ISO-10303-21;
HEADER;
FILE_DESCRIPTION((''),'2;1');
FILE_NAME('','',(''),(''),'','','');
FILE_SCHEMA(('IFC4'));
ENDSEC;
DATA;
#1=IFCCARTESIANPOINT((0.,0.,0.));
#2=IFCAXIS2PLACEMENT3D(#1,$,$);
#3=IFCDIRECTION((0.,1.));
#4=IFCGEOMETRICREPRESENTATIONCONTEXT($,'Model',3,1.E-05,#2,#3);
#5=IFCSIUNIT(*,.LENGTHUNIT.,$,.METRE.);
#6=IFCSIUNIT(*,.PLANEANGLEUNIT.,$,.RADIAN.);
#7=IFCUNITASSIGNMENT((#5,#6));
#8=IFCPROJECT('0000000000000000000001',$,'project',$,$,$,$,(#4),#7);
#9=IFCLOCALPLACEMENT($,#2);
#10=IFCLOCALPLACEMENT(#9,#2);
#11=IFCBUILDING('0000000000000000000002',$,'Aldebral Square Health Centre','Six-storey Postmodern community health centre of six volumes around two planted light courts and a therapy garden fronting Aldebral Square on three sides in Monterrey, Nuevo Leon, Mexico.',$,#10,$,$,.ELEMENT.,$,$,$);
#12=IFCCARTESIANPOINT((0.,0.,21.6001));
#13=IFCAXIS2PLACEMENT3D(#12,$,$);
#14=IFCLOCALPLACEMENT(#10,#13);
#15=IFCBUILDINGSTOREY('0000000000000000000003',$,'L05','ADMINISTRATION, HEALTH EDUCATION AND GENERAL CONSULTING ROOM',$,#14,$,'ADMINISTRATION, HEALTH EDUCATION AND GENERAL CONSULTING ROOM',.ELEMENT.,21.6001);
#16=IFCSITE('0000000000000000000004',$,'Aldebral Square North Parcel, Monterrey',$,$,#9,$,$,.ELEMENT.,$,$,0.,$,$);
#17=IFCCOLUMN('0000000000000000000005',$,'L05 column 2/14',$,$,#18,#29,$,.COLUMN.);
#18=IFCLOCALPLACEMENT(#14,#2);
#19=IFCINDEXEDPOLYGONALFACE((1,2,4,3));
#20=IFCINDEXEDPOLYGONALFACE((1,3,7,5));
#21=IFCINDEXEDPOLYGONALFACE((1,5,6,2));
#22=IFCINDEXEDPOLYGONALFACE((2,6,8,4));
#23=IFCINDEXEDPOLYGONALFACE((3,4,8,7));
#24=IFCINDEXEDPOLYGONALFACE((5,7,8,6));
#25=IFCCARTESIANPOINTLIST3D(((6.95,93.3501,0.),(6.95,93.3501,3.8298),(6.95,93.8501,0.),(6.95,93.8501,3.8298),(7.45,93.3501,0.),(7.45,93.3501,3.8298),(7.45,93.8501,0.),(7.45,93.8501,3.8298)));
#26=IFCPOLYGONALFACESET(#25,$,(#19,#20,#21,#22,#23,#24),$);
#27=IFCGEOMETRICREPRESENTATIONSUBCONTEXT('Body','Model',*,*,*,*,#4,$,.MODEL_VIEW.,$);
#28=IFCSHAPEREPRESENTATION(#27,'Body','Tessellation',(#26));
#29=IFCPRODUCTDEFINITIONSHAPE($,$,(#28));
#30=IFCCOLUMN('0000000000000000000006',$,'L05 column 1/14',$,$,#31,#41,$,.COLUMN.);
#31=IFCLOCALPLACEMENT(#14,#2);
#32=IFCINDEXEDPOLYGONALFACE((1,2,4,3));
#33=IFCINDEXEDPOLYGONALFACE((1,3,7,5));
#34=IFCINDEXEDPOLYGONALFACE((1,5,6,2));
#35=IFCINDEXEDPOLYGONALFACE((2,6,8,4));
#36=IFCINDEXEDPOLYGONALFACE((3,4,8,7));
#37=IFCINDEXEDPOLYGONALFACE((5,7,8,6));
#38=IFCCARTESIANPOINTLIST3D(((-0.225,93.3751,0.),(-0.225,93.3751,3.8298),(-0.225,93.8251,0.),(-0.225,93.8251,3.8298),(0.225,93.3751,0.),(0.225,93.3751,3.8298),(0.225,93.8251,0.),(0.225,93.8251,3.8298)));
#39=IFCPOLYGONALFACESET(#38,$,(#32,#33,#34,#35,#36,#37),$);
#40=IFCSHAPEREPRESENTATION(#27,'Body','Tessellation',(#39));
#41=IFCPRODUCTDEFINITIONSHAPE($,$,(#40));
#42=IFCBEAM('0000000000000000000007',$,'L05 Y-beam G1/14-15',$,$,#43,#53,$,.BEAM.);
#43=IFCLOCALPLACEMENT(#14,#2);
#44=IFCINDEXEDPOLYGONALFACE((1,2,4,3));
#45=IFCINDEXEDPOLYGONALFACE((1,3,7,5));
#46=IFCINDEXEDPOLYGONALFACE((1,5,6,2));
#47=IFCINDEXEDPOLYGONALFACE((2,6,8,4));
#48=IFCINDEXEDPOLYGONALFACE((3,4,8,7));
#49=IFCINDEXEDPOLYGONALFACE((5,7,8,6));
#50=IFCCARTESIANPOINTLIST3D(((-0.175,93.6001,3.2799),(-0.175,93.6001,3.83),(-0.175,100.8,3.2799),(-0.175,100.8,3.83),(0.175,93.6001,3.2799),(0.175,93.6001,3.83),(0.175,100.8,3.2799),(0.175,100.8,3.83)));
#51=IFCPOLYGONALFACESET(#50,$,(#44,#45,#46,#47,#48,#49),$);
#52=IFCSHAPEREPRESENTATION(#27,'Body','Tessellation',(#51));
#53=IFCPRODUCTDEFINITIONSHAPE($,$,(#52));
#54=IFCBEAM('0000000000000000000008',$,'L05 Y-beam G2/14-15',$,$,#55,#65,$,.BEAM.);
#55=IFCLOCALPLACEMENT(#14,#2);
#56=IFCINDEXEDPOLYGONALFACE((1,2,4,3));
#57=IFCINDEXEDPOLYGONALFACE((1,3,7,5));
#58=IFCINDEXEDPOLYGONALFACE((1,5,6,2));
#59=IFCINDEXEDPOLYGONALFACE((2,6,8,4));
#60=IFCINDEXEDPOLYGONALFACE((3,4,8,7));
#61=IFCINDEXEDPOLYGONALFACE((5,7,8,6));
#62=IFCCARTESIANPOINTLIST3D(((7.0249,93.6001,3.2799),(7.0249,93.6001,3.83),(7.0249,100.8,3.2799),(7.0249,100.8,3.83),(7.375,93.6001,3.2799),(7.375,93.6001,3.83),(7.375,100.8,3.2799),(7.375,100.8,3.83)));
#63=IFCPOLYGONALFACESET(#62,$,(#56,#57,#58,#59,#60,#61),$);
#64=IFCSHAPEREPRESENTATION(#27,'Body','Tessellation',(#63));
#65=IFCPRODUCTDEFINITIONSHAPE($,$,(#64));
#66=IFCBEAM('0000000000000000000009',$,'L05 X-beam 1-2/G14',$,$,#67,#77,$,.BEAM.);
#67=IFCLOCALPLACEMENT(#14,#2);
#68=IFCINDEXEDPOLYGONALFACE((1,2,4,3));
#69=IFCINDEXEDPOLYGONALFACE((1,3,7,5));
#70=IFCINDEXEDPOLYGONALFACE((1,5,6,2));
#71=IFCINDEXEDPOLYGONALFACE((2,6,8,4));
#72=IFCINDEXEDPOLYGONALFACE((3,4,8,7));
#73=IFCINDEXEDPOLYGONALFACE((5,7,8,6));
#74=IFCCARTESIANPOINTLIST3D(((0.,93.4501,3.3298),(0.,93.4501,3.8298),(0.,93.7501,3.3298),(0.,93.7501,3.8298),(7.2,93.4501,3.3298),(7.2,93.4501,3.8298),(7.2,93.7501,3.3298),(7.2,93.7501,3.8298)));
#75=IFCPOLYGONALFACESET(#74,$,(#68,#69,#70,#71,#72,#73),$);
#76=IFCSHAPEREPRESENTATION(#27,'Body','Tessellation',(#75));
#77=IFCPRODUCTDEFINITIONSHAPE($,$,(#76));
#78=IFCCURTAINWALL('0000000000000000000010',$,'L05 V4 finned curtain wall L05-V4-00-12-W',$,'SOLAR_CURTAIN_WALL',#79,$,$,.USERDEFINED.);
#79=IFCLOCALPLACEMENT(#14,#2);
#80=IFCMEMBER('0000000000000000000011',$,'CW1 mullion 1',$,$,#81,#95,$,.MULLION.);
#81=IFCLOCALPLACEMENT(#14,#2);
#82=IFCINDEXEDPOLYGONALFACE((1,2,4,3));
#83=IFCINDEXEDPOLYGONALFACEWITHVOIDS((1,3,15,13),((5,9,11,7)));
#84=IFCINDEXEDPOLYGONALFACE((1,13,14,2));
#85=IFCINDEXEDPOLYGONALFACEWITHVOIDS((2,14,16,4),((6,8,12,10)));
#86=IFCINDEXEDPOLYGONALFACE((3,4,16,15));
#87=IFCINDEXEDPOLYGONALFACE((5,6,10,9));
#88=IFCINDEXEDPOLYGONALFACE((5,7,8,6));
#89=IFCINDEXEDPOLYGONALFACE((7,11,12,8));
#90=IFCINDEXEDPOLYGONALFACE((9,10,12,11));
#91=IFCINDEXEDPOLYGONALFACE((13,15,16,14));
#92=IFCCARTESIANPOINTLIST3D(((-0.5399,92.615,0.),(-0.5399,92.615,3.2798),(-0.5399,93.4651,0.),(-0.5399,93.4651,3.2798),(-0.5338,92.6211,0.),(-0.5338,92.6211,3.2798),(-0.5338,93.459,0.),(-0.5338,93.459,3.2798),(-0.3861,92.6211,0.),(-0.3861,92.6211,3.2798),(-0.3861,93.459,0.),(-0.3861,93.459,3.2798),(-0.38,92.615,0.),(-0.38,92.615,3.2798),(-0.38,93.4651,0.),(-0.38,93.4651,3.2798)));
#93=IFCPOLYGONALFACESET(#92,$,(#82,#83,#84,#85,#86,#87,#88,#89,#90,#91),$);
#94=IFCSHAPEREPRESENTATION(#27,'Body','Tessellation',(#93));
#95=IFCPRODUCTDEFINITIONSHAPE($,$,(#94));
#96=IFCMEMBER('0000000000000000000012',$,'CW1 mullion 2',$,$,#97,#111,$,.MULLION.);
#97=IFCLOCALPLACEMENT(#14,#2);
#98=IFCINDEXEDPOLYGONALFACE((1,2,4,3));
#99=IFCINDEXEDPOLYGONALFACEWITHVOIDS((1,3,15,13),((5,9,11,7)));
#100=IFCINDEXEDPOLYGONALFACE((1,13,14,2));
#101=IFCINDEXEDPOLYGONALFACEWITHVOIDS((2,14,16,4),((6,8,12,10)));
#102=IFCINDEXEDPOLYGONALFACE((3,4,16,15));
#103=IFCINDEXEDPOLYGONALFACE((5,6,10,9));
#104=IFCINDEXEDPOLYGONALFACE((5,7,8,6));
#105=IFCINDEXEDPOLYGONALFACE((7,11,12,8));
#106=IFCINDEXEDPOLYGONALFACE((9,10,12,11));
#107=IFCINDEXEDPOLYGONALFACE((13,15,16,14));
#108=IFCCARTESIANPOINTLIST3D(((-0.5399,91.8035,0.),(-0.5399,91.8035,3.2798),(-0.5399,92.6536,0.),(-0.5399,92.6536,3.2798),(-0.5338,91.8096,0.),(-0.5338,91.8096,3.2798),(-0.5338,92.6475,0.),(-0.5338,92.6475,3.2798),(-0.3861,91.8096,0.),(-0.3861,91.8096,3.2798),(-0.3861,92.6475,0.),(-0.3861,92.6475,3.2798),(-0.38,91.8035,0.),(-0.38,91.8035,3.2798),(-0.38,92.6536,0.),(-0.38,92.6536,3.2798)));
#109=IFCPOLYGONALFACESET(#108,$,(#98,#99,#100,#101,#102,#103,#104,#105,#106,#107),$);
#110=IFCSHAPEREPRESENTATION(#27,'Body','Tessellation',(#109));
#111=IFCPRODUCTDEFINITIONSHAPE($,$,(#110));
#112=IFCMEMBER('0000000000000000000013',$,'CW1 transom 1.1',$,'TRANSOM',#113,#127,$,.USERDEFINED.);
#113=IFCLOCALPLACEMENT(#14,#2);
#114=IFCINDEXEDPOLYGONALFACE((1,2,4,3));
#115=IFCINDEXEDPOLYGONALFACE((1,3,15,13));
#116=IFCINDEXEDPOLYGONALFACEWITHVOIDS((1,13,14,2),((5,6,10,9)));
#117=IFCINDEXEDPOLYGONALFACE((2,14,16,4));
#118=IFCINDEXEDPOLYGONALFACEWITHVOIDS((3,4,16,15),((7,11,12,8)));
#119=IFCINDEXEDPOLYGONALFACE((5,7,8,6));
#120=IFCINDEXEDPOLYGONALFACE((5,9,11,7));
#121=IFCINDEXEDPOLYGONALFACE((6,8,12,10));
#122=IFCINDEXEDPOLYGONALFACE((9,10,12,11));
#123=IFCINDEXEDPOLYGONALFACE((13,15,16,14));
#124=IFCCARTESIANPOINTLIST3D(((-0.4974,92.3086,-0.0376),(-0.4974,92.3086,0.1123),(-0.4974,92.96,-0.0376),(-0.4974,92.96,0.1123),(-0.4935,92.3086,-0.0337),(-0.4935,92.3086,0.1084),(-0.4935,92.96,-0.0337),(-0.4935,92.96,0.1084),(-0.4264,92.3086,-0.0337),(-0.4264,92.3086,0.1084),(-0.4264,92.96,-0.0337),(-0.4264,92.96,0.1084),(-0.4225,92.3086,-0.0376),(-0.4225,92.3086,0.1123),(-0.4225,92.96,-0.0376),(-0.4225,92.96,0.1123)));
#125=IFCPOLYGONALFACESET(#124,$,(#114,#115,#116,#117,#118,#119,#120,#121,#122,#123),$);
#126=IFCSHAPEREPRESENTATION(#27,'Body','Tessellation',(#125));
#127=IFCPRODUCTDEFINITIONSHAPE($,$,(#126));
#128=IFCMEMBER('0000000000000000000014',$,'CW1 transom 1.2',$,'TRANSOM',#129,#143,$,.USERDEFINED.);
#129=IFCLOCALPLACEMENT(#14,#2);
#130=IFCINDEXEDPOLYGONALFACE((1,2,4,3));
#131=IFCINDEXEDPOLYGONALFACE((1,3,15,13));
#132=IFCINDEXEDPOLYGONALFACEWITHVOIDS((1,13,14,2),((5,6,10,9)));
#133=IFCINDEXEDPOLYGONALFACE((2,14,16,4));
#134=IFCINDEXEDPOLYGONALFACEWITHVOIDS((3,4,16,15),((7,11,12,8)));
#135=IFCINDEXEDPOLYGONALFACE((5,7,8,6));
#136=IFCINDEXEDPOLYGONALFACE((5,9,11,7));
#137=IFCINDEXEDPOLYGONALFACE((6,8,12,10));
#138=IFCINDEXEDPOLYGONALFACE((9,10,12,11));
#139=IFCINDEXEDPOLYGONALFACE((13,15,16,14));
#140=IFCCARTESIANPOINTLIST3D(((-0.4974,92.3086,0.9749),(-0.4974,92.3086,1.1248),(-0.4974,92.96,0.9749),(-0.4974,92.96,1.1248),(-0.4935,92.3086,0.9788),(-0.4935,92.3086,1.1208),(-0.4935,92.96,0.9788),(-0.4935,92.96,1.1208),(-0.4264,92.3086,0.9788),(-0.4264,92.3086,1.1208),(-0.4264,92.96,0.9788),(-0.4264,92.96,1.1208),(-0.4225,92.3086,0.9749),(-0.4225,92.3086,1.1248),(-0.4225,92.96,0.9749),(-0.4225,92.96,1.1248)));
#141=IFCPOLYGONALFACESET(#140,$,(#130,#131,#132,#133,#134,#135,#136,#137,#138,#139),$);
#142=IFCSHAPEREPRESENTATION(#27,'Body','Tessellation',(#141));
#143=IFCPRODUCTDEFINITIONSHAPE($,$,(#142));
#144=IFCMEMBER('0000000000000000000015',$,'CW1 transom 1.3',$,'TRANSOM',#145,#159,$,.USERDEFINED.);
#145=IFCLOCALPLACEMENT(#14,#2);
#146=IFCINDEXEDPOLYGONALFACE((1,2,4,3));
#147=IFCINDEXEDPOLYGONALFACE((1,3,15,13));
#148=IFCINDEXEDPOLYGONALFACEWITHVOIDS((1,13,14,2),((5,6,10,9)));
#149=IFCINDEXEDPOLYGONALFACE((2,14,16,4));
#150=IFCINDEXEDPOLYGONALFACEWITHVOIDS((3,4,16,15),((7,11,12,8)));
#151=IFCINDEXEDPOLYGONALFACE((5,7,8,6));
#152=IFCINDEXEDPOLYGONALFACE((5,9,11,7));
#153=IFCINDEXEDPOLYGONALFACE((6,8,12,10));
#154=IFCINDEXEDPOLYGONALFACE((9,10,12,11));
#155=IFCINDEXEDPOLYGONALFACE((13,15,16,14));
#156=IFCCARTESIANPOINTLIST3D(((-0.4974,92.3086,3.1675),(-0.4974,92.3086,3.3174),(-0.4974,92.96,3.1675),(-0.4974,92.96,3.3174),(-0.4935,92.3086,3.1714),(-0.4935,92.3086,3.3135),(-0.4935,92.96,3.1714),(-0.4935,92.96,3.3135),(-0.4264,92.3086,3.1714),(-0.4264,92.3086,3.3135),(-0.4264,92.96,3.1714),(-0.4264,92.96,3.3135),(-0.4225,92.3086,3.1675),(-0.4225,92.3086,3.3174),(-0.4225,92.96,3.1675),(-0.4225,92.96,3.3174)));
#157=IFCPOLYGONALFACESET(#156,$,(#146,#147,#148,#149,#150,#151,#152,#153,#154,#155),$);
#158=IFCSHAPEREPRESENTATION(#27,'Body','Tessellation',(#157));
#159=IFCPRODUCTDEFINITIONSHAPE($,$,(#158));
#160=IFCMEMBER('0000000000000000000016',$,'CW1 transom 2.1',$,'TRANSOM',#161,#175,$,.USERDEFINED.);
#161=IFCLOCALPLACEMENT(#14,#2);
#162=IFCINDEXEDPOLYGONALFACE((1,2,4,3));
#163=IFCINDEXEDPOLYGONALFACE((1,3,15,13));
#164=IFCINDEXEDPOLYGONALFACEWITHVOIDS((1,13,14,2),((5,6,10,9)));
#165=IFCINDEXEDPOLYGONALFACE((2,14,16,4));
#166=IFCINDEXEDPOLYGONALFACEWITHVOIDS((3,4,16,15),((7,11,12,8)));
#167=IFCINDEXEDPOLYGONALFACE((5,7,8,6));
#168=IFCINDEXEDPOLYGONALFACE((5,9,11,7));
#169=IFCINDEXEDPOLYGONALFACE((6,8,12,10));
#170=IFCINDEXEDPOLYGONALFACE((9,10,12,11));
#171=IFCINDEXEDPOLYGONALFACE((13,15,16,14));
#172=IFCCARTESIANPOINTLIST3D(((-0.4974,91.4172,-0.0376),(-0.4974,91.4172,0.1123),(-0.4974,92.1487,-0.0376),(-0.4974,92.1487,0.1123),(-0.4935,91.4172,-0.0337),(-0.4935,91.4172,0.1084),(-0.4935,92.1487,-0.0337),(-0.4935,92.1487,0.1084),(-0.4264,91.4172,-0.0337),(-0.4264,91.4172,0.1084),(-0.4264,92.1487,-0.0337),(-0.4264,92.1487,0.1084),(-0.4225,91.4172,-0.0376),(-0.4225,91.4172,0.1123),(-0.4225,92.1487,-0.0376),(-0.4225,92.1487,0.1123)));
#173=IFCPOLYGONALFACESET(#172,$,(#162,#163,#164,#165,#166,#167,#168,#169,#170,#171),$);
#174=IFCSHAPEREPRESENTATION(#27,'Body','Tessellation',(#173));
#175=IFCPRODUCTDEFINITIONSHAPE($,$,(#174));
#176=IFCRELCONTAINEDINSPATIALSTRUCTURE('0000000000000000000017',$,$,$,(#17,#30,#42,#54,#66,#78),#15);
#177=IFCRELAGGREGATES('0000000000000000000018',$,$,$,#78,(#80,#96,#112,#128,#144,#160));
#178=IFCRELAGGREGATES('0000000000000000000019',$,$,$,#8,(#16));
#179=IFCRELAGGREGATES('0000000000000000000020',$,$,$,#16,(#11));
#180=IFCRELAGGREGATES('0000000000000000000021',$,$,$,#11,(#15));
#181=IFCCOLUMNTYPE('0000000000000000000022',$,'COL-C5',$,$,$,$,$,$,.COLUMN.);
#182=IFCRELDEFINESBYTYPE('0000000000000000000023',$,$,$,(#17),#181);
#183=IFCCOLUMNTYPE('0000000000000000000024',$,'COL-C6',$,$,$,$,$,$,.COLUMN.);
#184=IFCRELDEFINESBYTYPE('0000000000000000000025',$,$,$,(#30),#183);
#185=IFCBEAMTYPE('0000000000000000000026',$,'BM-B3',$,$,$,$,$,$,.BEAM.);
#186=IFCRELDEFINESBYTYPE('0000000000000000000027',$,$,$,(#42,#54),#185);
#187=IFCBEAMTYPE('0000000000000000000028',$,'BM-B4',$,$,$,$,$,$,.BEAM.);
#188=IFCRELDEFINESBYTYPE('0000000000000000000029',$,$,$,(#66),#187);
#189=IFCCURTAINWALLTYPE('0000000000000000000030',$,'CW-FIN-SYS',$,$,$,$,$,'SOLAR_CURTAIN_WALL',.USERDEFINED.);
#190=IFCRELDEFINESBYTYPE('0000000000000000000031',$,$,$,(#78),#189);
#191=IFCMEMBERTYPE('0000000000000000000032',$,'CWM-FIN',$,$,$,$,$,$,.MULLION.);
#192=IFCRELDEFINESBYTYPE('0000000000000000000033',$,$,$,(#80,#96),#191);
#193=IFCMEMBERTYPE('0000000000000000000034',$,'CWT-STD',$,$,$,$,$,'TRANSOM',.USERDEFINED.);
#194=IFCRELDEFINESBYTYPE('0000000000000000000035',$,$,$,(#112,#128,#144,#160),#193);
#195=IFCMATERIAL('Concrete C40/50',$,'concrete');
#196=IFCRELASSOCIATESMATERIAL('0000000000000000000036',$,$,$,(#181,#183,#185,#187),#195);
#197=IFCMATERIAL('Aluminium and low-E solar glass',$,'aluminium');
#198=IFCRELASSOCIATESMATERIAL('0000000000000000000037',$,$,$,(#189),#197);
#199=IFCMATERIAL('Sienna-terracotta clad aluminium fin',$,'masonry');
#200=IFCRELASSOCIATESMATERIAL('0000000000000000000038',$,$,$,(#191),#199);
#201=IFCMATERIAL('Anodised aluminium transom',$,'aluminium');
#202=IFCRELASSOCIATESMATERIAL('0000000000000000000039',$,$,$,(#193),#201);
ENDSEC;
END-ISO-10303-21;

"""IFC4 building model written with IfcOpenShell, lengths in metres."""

from ifc_helpers import new_model, si_unit, direction, frame, origin, origin_2d, place, context, subcontext, project, spatial, rectangle, hollow_rectangle, extrude, material, material_profile, profile_set, type_object, element, aggregate, save


model = new_model("IFC4")

# Units and contexts
model_context = context("Model", 3, precision=1e-05, world=origin(), true_north=direction((0.0, 1.0)))
body_context = subcontext(model_context, "Body", "Model", "MODEL_VIEW")
ifc_project = project(units=[si_unit("LENGTHUNIT", "METRE"), si_unit("PLANEANGLEUNIT", "RADIAN")], contexts=[model_context])

# Site, building, storey
site_placement = place(None, origin())
site = spatial("IfcSite", under=ifc_project, at=site_placement, Name="Aldebral Square North Parcel, Monterrey", CompositionType="ELEMENT", RefElevation=0.0)
building_placement = place(site_placement, origin())
building = spatial("IfcBuilding", under=site, at=building_placement, Name="Aldebral Square Health Centre", Description="Six-storey Postmodern community health centre of six volumes around two planted light courts and a therapy garden fronting Aldebral Square on three sides in Monterrey, Nuevo Leon, Mexico.", CompositionType="ELEMENT")
storey_placement = place(building_placement, frame((0.0, 0.0, 21.6001)))
storey = spatial("IfcBuildingStorey", under=building, at=storey_placement, Name="L05", Description="ADMINISTRATION, HEALTH EDUCATION AND GENERAL CONSULTING ROOM", LongName="ADMINISTRATION, HEALTH EDUCATION AND GENERAL CONSULTING ROOM", CompositionType="ELEMENT", Elevation=21.6001)

# Columns
ifc_material_1 = material(Name="Concrete C40/50", Category="concrete")
ifc_material_profile_1 = material_profile(ifc_material_1, rectangle(XDim=0.5, YDim=0.5, at=origin_2d()), Name="RC 500x500")
ifc_profile_set_1 = profile_set([ifc_material_profile_1], Name="Concrete C40/50")
column_type_1 = type_object("IfcColumnType", Name="COL-C5", PredefinedType="COLUMN", material=ifc_profile_set_1)
column_1_placement = place(storey_placement, frame((7.2, 93.6001, 0.0), z_axis=(0.0, 0.0, 1.0), x_axis=(1.0, 0.0, 0.0)))
element("IfcColumn", 1, at=column_1_placement, inside=storey, type_object=column_type_1, Name="L05 column 2/14", PredefinedType="COLUMN", context=body_context, shape_type="SweptSolid", body=[
    extrude(rectangle(XDim=0.5, YDim=0.5, at=origin_2d()), origin(), (0.0, 0.0, 1.0), 3.8298),
])
ifc_material_profile_2 = material_profile(ifc_material_1, rectangle(XDim=0.45, YDim=0.45, at=origin_2d()), Name="RC 450x450")
ifc_profile_set_2 = profile_set([ifc_material_profile_2], Name="Concrete C40/50")
column_type_2 = type_object("IfcColumnType", Name="COL-C6", PredefinedType="COLUMN", material=ifc_profile_set_2)
column_2_placement = place(storey_placement, frame((0.0, 93.6001, 0.0), z_axis=(0.0, 0.0, 1.0), x_axis=(1.0, 0.0, 0.0)))
element("IfcColumn", 2, at=column_2_placement, inside=storey, type_object=column_type_2, Name="L05 column 1/14", PredefinedType="COLUMN", context=body_context, shape_type="SweptSolid", body=[
    extrude(rectangle(XDim=0.45, YDim=0.45, at=origin_2d()), origin(), (0.0, 0.0, 1.0), 3.8298),
])

# Beams
ifc_material_profile_3 = material_profile(ifc_material_1, rectangle(XDim=0.3501, YDim=0.55, at=origin_2d()), Name="RC 350x550")
ifc_profile_set_3 = profile_set([ifc_material_profile_3], Name="Concrete C40/50")
beam_type_1 = type_object("IfcBeamType", Name="BM-B3", PredefinedType="BEAM", material=ifc_profile_set_3)
for number, where, z_axis, x_axis, name in (
    (3, (0.0, 93.6001, 3.5549), (0.0, 1.0, 0.0), (-1.0, 0.0, 0.0), "L05 Y-beam G1/14-15"),
    (4, (7.2, 93.6001, 3.5549), (0.0, 1.0, 0.0), (-1.0, 0.0, 0.0), "L05 Y-beam G2/14-15"),
):
    element("IfcBeam", number, at=place(storey_placement, frame(where, z_axis=z_axis, x_axis=x_axis)), inside=storey, type_object=beam_type_1, Name=name, PredefinedType="BEAM", context=body_context, shape_type="SweptSolid", body=[
        extrude(rectangle(XDim=0.3501, YDim=0.55, at=origin_2d()), origin(), (0.0, 0.0, 1.0), 7.2),
    ])
ifc_material_profile_4 = material_profile(ifc_material_1, rectangle(XDim=0.3, YDim=0.5, at=origin_2d()), Name="RC 300x500")
ifc_profile_set_4 = profile_set([ifc_material_profile_4], Name="Concrete C40/50")
beam_type_2 = type_object("IfcBeamType", Name="BM-B4", PredefinedType="BEAM", material=ifc_profile_set_4)
beam_placement = place(storey_placement, frame((0.0, 93.6001, 3.5798), z_axis=(1.0, 0.0, 0.0), x_axis=(0.0, 1.0, 0.0)))
element("IfcBeam", 5, at=beam_placement, inside=storey, type_object=beam_type_2, Name="L05 X-beam 1-2/G14", PredefinedType="BEAM", context=body_context, shape_type="SweptSolid", body=[
    extrude(rectangle(XDim=0.3, YDim=0.5, at=origin_2d()), origin(), (0.0, 0.0, 1.0), 7.2),
])

# Curtain wall, members
ifc_material_2 = material(Name="Aluminium and low-E solar glass", Category="aluminium")
curtain_wall_type = type_object("IfcCurtainWallType", Name="CW-FIN-SYS", ElementType="SOLAR_CURTAIN_WALL", PredefinedType="USERDEFINED", material=ifc_material_2)
curtain_wall_placement = place(storey_placement, origin())
curtain_wall = element("IfcCurtainWall", 6, at=curtain_wall_placement, inside=storey, type_object=curtain_wall_type, Name="L05 V4 finned curtain wall L05-V4-00-12-W", ObjectType="SOLAR_CURTAIN_WALL", PredefinedType="USERDEFINED")
ifc_material_3 = material(Name="Sienna-terracotta clad aluminium fin", Category="masonry")
ifc_material_profile_5 = material_profile(ifc_material_3, hollow_rectangle(XDim=0.1599, YDim=0.8501, WallThickness=0.0061, at=origin_2d()), Name="FIN 160x850x6")
ifc_profile_set_5 = profile_set([ifc_material_profile_5], Name="Sienna-terracotta clad aluminium fin")
member_type_1 = type_object("IfcMemberType", Name="CWM-FIN", PredefinedType="MULLION", material=ifc_profile_set_5)
member_1_placement = place(storey_placement, frame((-0.46, 93.04, 0.0), z_axis=(0.0, 0.0, 1.0), x_axis=(1.0, 0.0, 0.0)))
member_1 = element("IfcMember", 7, at=member_1_placement, type_object=member_type_1, Name="CW1 mullion 1", PredefinedType="MULLION", context=body_context, shape_type="SweptSolid", body=[
    extrude(hollow_rectangle(XDim=0.1599, YDim=0.8501, WallThickness=0.0061, at=origin_2d()), origin(), (0.0, 0.0, 1.0), 3.2798),
])
member_2_placement = place(storey_placement, frame((-0.46, 92.2285, 0.0), z_axis=(0.0, 0.0, 1.0), x_axis=(1.0, 0.0, 0.0)))
member_2 = element("IfcMember", 8, at=member_2_placement, type_object=member_type_1, Name="CW1 mullion 2", PredefinedType="MULLION", context=body_context, shape_type="SweptSolid", body=[
    extrude(hollow_rectangle(XDim=0.1599, YDim=0.8501, WallThickness=0.0061, at=origin_2d()), origin(), (0.0, 0.0, 1.0), 3.2798),
])
ifc_material_4 = material(Name="Anodised aluminium transom", Category="aluminium")
ifc_material_profile_6 = material_profile(ifc_material_4, hollow_rectangle(XDim=0.075, YDim=0.1499, WallThickness=0.0039, at=origin_2d()), Name="CWT 75x150x4")
ifc_profile_set_6 = profile_set([ifc_material_profile_6], Name="Anodised aluminium transom")
member_type_2 = type_object("IfcMemberType", Name="CWT-STD", ElementType="TRANSOM", PredefinedType="USERDEFINED", material=ifc_profile_set_6)
member_3_placement = place(storey_placement, frame((-0.46, 92.96, 0.0374), z_axis=(0.0, -1.0, 0.0), x_axis=(1.0, 0.0, 0.0)))
member_3 = element("IfcMember", 9, at=member_3_placement, type_object=member_type_2, Name="CW1 transom 1.1", ObjectType="TRANSOM", PredefinedType="USERDEFINED", context=body_context, shape_type="SweptSolid", body=[
    extrude(hollow_rectangle(XDim=0.075, YDim=0.1499, WallThickness=0.0039, at=origin_2d()), origin(), (0.0, 0.0, 1.0), 0.6514),
])
member_4_placement = place(storey_placement, frame((-0.46, 92.96, 1.0498), z_axis=(0.0, -1.0, 0.0), x_axis=(1.0, 0.0, 0.0)))
member_4 = element("IfcMember", 10, at=member_4_placement, type_object=member_type_2, Name="CW1 transom 1.2", ObjectType="TRANSOM", PredefinedType="USERDEFINED", context=body_context, shape_type="SweptSolid", body=[
    extrude(hollow_rectangle(XDim=0.075, YDim=0.1499, WallThickness=0.0039, at=origin_2d()), origin(), (0.0, 0.0, 1.0), 0.6514),
])
member_5_placement = place(storey_placement, frame((-0.46, 92.96, 3.2424), z_axis=(0.0, -1.0, 0.0), x_axis=(1.0, 0.0, 0.0)))
member_5 = element("IfcMember", 11, at=member_5_placement, type_object=member_type_2, Name="CW1 transom 1.3", ObjectType="TRANSOM", PredefinedType="USERDEFINED", context=body_context, shape_type="SweptSolid", body=[
    extrude(hollow_rectangle(XDim=0.075, YDim=0.1499, WallThickness=0.0039, at=origin_2d()), origin(), (0.0, 0.0, 1.0), 0.6514),
])
member_6_placement = place(storey_placement, frame((-0.46, 92.1487, 0.0374), z_axis=(0.0, -1.0, 0.0), x_axis=(1.0, 0.0, 0.0)))
member_6 = element("IfcMember", 12, at=member_6_placement, type_object=member_type_2, Name="CW1 transom 2.1", ObjectType="TRANSOM", PredefinedType="USERDEFINED", context=body_context, shape_type="SweptSolid", body=[
    extrude(hollow_rectangle(XDim=0.075, YDim=0.1499, WallThickness=0.0039, at=origin_2d()), origin(), (0.0, 0.0, 1.0), 0.7314),
])
aggregate(curtain_wall, [member_1, member_2, member_3, member_4, member_5, member_6])

save(model, "model.ifc")
